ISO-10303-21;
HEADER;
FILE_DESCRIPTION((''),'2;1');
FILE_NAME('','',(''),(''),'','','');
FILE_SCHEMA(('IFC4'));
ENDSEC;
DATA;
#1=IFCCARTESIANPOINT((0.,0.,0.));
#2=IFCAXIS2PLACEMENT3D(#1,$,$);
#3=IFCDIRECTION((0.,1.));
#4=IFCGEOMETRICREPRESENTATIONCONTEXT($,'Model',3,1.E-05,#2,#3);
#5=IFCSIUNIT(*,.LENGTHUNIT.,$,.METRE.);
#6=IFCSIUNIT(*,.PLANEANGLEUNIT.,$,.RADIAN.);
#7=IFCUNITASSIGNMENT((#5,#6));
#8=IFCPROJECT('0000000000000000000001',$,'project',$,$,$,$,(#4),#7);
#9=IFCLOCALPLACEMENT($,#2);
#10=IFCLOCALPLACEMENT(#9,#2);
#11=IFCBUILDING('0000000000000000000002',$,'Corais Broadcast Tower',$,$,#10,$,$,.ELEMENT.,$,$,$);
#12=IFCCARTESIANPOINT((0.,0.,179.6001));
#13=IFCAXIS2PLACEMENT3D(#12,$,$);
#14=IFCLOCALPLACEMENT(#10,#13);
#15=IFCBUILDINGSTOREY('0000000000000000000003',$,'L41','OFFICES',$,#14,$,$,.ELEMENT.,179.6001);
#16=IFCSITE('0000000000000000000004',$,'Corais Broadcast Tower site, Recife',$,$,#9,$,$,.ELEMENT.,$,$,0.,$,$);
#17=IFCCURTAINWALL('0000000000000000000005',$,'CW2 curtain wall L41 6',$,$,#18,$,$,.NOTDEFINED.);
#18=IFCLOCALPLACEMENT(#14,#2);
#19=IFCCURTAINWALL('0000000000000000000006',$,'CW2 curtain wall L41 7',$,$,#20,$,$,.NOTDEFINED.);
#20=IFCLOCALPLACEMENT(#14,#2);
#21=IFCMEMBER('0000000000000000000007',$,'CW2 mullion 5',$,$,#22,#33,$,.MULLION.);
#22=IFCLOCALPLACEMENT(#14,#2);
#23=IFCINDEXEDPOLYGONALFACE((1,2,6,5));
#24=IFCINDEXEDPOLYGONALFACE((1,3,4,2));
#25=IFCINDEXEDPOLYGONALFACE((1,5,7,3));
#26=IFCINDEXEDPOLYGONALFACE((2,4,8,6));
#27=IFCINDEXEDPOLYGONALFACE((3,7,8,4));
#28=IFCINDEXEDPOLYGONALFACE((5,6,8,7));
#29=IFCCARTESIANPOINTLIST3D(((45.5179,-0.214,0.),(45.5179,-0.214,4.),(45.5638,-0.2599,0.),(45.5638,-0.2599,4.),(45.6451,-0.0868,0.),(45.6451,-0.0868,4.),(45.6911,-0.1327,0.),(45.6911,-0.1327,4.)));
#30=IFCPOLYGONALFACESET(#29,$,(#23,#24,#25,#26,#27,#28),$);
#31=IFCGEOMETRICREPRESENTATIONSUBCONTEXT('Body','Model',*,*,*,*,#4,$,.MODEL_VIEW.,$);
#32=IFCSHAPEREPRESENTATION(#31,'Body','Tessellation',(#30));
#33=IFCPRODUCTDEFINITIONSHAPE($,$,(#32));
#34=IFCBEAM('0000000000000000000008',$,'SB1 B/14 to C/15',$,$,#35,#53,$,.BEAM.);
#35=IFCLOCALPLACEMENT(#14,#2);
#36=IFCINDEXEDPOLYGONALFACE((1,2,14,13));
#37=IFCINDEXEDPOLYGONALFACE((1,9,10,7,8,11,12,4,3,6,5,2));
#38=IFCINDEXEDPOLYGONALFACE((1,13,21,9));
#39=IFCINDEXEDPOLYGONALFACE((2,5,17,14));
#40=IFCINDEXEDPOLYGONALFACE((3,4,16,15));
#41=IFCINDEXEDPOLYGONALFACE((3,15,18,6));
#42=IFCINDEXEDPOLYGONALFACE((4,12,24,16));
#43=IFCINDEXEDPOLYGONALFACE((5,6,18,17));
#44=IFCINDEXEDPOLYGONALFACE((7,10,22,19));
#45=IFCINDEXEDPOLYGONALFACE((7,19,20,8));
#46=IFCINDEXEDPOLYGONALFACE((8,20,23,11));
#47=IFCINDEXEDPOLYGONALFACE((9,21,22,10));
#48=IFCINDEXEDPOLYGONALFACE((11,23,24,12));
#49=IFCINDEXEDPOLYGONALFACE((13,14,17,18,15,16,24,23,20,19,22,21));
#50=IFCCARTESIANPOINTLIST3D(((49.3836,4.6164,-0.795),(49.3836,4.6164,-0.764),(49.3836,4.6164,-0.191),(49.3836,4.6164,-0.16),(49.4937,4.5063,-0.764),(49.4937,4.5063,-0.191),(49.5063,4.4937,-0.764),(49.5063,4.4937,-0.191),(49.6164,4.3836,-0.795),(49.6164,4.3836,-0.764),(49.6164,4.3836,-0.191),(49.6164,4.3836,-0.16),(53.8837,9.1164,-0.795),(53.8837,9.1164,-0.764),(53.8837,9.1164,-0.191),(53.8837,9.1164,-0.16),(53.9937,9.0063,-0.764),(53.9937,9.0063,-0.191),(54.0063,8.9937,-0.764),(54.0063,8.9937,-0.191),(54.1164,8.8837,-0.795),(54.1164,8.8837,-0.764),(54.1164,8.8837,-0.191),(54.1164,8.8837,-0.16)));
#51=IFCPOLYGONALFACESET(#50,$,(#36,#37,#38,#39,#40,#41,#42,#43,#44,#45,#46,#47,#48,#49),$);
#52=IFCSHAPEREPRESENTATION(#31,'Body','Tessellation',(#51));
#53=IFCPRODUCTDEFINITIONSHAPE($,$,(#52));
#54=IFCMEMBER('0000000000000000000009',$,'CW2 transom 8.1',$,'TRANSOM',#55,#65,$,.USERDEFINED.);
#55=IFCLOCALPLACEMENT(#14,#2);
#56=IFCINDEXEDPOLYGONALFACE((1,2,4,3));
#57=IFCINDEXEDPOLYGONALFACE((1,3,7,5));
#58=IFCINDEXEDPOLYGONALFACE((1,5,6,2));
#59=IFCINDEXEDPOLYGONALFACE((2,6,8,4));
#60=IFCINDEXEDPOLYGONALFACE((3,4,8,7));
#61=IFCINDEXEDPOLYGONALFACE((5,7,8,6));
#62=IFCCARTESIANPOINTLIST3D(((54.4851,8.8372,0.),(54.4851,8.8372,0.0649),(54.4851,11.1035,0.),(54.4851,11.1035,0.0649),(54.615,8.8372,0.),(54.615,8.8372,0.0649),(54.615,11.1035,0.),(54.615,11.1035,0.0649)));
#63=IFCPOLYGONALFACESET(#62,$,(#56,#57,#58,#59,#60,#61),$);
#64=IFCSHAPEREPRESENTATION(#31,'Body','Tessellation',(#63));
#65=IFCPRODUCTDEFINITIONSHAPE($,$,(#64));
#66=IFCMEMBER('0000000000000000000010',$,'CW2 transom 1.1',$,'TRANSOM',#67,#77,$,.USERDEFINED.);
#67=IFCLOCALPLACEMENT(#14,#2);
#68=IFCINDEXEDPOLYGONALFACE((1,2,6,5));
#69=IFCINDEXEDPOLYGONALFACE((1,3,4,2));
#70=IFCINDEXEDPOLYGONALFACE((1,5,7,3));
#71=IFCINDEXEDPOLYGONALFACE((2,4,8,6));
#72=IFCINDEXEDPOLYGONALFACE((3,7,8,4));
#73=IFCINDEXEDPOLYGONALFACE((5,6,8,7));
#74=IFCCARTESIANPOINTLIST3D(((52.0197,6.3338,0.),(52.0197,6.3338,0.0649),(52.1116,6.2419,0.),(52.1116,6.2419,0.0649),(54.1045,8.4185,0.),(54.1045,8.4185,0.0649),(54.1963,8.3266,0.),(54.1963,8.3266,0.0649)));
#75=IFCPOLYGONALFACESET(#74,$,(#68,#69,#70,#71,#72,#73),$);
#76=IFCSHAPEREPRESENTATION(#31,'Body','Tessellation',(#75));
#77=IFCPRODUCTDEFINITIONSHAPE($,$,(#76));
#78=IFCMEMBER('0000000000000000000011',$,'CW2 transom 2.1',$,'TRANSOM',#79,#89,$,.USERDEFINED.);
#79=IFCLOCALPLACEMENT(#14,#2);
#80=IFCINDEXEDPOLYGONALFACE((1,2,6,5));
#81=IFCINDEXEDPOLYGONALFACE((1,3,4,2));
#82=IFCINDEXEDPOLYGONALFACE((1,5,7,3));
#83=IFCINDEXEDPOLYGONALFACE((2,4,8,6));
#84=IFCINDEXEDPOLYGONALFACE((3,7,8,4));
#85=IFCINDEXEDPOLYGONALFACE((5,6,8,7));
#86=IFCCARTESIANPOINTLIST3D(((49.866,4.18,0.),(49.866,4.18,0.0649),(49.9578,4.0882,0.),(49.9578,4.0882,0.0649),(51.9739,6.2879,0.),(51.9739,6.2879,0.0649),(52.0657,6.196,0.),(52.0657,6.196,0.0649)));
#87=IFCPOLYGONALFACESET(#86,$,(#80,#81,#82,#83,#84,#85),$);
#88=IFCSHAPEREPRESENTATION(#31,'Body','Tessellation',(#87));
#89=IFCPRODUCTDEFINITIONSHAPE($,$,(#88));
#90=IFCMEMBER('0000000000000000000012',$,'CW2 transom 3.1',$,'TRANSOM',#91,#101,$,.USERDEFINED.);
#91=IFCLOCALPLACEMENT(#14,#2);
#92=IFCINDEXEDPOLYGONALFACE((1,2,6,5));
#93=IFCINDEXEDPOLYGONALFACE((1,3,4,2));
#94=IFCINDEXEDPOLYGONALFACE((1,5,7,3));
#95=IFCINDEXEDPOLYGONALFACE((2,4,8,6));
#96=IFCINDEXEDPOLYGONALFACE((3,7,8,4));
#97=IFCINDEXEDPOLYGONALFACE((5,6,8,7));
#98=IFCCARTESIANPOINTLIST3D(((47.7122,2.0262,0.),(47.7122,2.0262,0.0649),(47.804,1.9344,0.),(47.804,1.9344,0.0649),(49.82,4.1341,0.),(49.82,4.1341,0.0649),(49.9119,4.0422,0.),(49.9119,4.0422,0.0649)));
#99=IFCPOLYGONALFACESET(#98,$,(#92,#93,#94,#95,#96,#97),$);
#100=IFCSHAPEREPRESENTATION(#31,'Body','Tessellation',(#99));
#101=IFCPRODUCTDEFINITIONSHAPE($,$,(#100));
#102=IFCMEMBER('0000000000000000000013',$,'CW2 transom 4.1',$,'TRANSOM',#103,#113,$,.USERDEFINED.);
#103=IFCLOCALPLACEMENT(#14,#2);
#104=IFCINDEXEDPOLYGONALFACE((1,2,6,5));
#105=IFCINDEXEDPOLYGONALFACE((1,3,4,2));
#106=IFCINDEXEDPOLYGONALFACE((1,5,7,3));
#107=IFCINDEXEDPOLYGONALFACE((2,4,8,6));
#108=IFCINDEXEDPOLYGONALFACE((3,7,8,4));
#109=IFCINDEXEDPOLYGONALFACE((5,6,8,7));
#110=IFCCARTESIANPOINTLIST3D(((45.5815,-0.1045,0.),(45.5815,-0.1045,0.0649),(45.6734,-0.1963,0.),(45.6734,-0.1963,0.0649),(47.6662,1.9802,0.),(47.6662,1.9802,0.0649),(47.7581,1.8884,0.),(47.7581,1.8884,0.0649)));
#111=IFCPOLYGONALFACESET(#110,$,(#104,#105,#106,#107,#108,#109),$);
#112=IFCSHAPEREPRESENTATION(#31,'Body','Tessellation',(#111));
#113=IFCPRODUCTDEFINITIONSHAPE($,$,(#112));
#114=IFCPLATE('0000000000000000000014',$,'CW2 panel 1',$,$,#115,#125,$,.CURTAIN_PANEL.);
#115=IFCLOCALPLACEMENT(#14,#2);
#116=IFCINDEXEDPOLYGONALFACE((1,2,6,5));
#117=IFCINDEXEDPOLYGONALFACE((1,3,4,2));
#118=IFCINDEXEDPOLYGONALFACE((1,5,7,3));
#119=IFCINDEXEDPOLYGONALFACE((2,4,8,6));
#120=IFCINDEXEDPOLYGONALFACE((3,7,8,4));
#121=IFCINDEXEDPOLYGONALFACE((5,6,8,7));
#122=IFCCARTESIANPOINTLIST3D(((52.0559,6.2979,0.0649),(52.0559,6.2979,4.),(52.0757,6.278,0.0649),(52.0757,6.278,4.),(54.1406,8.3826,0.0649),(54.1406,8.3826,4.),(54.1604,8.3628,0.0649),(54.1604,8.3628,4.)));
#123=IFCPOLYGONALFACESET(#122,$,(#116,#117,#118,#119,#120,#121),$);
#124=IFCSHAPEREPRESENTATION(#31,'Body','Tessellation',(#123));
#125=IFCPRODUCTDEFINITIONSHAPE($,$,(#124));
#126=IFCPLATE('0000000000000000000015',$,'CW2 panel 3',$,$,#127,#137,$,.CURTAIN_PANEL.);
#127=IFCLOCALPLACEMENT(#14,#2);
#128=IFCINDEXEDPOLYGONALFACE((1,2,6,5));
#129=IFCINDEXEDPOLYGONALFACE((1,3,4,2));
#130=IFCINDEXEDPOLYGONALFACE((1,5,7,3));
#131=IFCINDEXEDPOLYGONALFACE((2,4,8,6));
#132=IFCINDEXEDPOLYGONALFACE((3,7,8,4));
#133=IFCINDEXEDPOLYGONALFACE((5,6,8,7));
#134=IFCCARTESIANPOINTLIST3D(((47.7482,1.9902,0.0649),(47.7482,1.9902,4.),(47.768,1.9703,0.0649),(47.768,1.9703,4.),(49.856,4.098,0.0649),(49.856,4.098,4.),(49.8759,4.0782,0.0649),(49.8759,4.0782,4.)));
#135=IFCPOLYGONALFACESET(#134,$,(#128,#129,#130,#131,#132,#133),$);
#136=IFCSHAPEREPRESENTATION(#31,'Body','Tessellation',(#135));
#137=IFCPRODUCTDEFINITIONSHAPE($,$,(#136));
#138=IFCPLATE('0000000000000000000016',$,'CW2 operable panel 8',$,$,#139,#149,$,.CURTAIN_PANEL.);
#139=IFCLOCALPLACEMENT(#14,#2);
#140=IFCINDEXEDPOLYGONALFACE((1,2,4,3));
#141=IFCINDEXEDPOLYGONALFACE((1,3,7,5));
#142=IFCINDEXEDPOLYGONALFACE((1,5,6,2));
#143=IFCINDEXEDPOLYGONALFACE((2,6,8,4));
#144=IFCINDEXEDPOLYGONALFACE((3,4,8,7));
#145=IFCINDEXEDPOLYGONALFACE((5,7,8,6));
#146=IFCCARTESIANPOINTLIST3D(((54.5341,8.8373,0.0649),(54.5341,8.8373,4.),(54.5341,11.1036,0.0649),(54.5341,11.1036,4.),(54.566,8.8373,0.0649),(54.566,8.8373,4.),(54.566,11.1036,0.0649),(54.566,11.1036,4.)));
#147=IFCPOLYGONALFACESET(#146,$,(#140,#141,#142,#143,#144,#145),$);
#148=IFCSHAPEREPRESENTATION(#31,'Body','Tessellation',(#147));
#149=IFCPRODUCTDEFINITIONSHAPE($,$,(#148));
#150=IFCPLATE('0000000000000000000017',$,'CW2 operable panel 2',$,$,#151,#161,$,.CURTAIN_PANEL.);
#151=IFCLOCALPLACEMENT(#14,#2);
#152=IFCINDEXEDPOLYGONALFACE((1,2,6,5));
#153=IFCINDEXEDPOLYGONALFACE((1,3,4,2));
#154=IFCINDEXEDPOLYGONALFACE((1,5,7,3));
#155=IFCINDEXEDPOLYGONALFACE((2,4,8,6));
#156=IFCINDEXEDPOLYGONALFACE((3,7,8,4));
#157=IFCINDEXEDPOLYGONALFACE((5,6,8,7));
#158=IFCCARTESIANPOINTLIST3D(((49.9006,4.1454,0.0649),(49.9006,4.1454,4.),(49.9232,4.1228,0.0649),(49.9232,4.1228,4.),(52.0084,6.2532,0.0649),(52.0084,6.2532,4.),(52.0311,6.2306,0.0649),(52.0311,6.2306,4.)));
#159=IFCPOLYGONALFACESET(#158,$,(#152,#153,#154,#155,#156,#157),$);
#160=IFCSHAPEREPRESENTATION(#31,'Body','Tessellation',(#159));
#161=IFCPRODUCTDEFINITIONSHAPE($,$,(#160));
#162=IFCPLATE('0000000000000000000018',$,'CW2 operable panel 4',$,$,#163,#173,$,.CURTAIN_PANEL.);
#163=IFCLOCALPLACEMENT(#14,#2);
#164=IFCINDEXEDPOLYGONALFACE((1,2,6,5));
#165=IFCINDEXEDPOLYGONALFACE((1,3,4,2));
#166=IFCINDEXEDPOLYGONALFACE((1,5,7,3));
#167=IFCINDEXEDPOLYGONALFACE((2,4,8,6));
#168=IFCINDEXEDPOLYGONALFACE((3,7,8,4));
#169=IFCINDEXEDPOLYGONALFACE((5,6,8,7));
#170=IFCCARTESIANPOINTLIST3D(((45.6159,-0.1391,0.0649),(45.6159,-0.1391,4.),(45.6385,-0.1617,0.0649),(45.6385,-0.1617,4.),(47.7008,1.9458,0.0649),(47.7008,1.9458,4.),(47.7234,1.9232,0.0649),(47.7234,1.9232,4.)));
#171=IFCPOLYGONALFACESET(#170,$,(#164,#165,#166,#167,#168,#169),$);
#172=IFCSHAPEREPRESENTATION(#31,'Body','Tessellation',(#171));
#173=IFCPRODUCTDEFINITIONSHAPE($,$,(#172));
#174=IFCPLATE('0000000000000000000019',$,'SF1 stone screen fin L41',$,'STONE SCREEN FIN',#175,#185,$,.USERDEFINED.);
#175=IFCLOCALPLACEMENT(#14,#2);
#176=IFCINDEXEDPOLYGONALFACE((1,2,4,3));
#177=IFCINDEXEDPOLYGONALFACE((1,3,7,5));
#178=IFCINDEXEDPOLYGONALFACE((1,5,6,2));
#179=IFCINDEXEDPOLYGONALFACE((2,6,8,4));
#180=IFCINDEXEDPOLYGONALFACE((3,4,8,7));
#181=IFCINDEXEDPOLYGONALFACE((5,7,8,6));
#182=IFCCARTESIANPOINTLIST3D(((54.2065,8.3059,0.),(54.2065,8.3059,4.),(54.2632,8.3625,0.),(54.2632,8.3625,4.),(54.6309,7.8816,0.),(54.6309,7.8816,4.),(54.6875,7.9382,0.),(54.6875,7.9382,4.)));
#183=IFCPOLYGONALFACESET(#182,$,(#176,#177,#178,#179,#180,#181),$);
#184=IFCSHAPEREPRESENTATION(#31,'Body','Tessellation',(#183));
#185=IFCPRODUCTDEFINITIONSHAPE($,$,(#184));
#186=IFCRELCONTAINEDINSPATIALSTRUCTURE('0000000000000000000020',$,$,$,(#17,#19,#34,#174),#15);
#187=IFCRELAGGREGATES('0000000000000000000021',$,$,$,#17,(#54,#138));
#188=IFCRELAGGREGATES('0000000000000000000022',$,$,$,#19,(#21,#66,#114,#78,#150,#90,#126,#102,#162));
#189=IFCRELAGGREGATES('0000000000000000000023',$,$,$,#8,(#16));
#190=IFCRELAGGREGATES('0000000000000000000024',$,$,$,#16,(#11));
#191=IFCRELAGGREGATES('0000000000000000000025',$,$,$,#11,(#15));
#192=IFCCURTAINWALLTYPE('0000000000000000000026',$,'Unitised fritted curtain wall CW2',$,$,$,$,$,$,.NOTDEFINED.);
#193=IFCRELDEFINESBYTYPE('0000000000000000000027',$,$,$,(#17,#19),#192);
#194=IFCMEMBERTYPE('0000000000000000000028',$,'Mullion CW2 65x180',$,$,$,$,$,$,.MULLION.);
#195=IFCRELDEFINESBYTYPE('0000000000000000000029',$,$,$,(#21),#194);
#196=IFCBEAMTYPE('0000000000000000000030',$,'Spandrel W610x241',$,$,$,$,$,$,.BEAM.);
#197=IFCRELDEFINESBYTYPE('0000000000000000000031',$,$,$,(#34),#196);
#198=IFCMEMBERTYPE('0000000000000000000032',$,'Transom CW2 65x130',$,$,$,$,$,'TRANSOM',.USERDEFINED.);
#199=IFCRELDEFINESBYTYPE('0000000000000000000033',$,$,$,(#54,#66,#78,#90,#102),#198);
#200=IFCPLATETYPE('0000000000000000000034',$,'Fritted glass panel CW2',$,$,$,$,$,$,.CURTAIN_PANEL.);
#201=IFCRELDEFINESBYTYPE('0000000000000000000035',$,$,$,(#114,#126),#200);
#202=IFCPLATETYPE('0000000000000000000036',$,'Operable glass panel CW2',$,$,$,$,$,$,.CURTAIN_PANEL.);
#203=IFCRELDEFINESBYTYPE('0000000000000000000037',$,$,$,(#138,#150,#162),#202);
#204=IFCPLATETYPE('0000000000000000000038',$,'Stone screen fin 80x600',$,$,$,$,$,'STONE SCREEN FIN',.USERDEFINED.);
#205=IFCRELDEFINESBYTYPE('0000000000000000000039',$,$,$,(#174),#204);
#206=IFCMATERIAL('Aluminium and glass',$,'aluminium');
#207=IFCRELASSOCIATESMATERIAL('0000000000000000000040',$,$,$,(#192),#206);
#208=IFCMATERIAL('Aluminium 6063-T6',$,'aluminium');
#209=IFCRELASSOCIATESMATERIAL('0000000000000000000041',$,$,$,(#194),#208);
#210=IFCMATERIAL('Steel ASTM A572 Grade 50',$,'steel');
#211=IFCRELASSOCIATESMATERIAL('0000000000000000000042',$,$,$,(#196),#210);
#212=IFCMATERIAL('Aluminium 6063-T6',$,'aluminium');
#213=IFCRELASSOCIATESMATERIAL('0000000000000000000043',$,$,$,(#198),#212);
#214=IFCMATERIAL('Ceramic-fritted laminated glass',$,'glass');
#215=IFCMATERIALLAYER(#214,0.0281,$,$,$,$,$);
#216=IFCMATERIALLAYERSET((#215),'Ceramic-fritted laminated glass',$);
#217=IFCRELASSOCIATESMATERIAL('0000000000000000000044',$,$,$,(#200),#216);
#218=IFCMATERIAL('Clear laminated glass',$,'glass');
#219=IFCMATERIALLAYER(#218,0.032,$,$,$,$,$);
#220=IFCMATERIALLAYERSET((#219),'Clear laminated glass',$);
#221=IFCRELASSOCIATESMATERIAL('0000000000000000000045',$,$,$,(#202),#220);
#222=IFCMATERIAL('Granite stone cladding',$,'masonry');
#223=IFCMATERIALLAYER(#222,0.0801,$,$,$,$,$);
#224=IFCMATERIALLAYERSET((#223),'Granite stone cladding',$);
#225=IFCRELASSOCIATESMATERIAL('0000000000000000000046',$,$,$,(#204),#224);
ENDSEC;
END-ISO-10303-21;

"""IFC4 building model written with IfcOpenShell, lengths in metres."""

from ifc_helpers import new_model, si_unit, direction, frame, origin, origin_2d, place, context, subcontext, project, spatial, rectangle, i_section, extrude, material, layer, layer_set, material_profile, profile_set, type_object, element, aggregate, save


model = new_model("IFC4")

# Units and contexts
model_context = context("Model", 3, precision=1e-05, world=origin(), true_north=direction((0.0, 1.0)))
body_context = subcontext(model_context, "Body", "Model", "MODEL_VIEW")
ifc_project = project(units=[si_unit("LENGTHUNIT", "METRE"), si_unit("PLANEANGLEUNIT", "RADIAN")], contexts=[model_context])

# Site, building, storey
site_placement = place(None, origin())
site = spatial("IfcSite", under=ifc_project, at=site_placement, Name="Corais Broadcast Tower site, Recife", CompositionType="ELEMENT", RefElevation=0.0)
building_placement = place(site_placement, origin())
building = spatial("IfcBuilding", under=site, at=building_placement, Name="Corais Broadcast Tower", CompositionType="ELEMENT")
storey_placement = place(building_placement, frame((0.0, 0.0, 179.6001)))
storey = spatial("IfcBuildingStorey", under=building, at=storey_placement, Name="L41", Description="OFFICES", CompositionType="ELEMENT", Elevation=179.6001)

# Curtain walls, member
ifc_material_1 = material(Name="Aluminium and glass", Category="aluminium")
curtain_wall_type = type_object("IfcCurtainWallType", Name="Unitised fritted curtain wall CW2", PredefinedType="NOTDEFINED", material=ifc_material_1)
curtain_wall_1_placement = place(storey_placement, origin())
curtain_wall_1 = element("IfcCurtainWall", 1, at=curtain_wall_1_placement, inside=storey, type_object=curtain_wall_type, Name="CW2 curtain wall L41 6", PredefinedType="NOTDEFINED")
ifc_material_2 = material(Name="Aluminium 6063-T6", Category="aluminium")
ifc_material_profile_1 = material_profile(ifc_material_2, rectangle(XDim=0.0649, YDim=0.1799, at=origin_2d()), Name="Mullion CW2 65x180")
ifc_profile_set_1 = profile_set([ifc_material_profile_1], Name="Aluminium 6063-T6")
member_type_1 = type_object("IfcMemberType", Name="Mullion CW2 65x180", PredefinedType="MULLION", material=ifc_profile_set_1)
curtain_wall_2_placement = place(storey_placement, origin())
curtain_wall_2 = element("IfcCurtainWall", 2, at=curtain_wall_2_placement, inside=storey, type_object=curtain_wall_type, Name="CW2 curtain wall L41 7", PredefinedType="NOTDEFINED")
member_1_placement = place(storey_placement, frame((45.6045, -0.1733, 0.0), z_axis=(0.0, 0.0, 1.0), x_axis=(0.707107, -0.707107, 0.0)))
member_1 = element("IfcMember", 3, at=member_1_placement, type_object=member_type_1, Name="CW2 mullion 5", PredefinedType="MULLION", context=body_context, shape_type="SweptSolid", body=[
    extrude(rectangle(XDim=0.0649, YDim=0.1799, at=origin_2d()), origin(), (0.0, 0.0, 1.0), 4.0),
])

# Beam
ifc_material_3 = material(Name="Steel ASTM A572 Grade 50", Category="steel")
ifc_material_profile_2 = material_profile(ifc_material_3, i_section(OverallWidth=0.3291, OverallDepth=0.635, WebThickness=0.0178, FlangeThickness=0.031, at=origin_2d()), Name="W610x241")
ifc_profile_set_2 = profile_set([ifc_material_profile_2], Name="Steel ASTM A572 Grade 50")
beam_type_1 = type_object("IfcBeamType", Name="Spandrel W610x241", PredefinedType="BEAM", material=ifc_profile_set_2)
beam_1_placement = place(storey_placement, frame((49.5, 4.5, -0.4775), z_axis=(0.707107, 0.707107, 0.0), x_axis=(-0.707107, 0.707107, 0.0)))
element("IfcBeam", 4, at=beam_1_placement, inside=storey, type_object=beam_type_1, Name="SB1 B/14 to C/15", PredefinedType="BEAM", context=body_context, shape_type="SweptSolid", body=[
    extrude(i_section(OverallWidth=0.3291, OverallDepth=0.635, WebThickness=0.0178, FlangeThickness=0.031, at=origin_2d()), origin(), (0.0, 0.0, 1.0), 6.364),
])

# Members
ifc_material_4 = material(Name="Aluminium 6063-T6", Category="aluminium")
ifc_material_profile_3 = material_profile(ifc_material_4, rectangle(XDim=0.1299, YDim=0.0649, at=origin_2d()), Name="Transom CW2 65x130")
ifc_profile_set_3 = profile_set([ifc_material_profile_3], Name="Aluminium 6063-T6")
member_type_2 = type_object("IfcMemberType", Name="Transom CW2 65x130", ElementType="TRANSOM", PredefinedType="USERDEFINED", material=ifc_profile_set_3)
member_2_placement = place(storey_placement, frame((54.55, 11.1035, 0.0325), z_axis=(0.0, -1.0, 0.0), x_axis=(1.0, 0.0, 0.0)))
member_2 = element("IfcMember", 5, at=member_2_placement, type_object=member_type_2, Name="CW2 transom 8.1", ObjectType="TRANSOM", PredefinedType="USERDEFINED", context=body_context, shape_type="SweptSolid", body=[
    extrude(rectangle(XDim=0.1299, YDim=0.0649, at=origin_2d()), origin(), (0.0, 0.0, 1.0), 2.2664),
])
member_3_placement = place(storey_placement, frame((54.1504, 8.3726, 0.0325), z_axis=(-0.707107, -0.707107, 0.0), x_axis=(0.707107, -0.707107, 0.0)))
member_3 = element("IfcMember", 6, at=member_3_placement, type_object=member_type_2, Name="CW2 transom 1.1", ObjectType="TRANSOM", PredefinedType="USERDEFINED", context=body_context, shape_type="SweptSolid", body=[
    extrude(rectangle(XDim=0.1299, YDim=0.0649, at=origin_2d()), origin(), (0.0, 0.0, 1.0), 2.9482),
])
member_4_placement = place(storey_placement, frame((52.0198, 6.2419, 0.0325), z_axis=(-0.707107, -0.707107, 0.0), x_axis=(0.707107, -0.707107, 0.0)))
member_4 = element("IfcMember", 7, at=member_4_placement, type_object=member_type_2, Name="CW2 transom 2.1", ObjectType="TRANSOM", PredefinedType="USERDEFINED", context=body_context, shape_type="SweptSolid", body=[
    extrude(rectangle(XDim=0.1299, YDim=0.0649, at=origin_2d()), origin(), (0.0, 0.0, 1.0), 2.981),
])
member_5_placement = place(storey_placement, frame((49.866, 4.0881, 0.0325), z_axis=(-0.707107, -0.707107, 0.0), x_axis=(0.707107, -0.707107, 0.0)))
member_5 = element("IfcMember", 8, at=member_5_placement, type_object=member_type_2, Name="CW2 transom 3.1", ObjectType="TRANSOM", PredefinedType="USERDEFINED", context=body_context, shape_type="SweptSolid", body=[
    extrude(rectangle(XDim=0.1299, YDim=0.0649, at=origin_2d()), origin(), (0.0, 0.0, 1.0), 2.981),
])
member_6_placement = place(storey_placement, frame((47.7122, 1.9343, 0.0325), z_axis=(-0.707107, -0.707107, 0.0), x_axis=(0.707107, -0.707107, 0.0)))
member_6 = element("IfcMember", 9, at=member_6_placement, type_object=member_type_2, Name="CW2 transom 4.1", ObjectType="TRANSOM", PredefinedType="USERDEFINED", context=body_context, shape_type="SweptSolid", body=[
    extrude(rectangle(XDim=0.1299, YDim=0.0649, at=origin_2d()), origin(), (0.0, 0.0, 1.0), 2.9482),
])

# Plates
ifc_material_5 = material(Name="Ceramic-fritted laminated glass", Category="glass")
ifc_layer_1 = layer(ifc_material_5, 0.0281)
ifc_layer_set_1 = layer_set([ifc_layer_1], Name="Ceramic-fritted laminated glass")
plate_type_1 = type_object("IfcPlateType", Name="Fritted glass panel CW2", PredefinedType="CURTAIN_PANEL", material=ifc_layer_set_1)
plate_1_placement = place(storey_placement, frame((53.1082, 7.3303, 0.0649), z_axis=(0.0, 0.0, 1.0), x_axis=(-0.707107, -0.707107, 0.0)))
plate_1 = element("IfcPlate", 10, at=plate_1_placement, type_object=plate_type_1, Name="CW2 panel 1", PredefinedType="CURTAIN_PANEL", context=body_context, shape_type="SweptSolid", body=[
    extrude(rectangle(XDim=2.9482, YDim=0.0281, at=origin_2d()), origin(), (0.0, 0.0, 1.0), 3.9351),
])
plate_2_placement = place(storey_placement, frame((48.812, 3.0342, 0.0649), z_axis=(0.0, 0.0, 1.0), x_axis=(-0.707107, -0.707107, 0.0)))
plate_2 = element("IfcPlate", 11, at=plate_2_placement, type_object=plate_type_1, Name="CW2 panel 3", PredefinedType="CURTAIN_PANEL", context=body_context, shape_type="SweptSolid", body=[
    extrude(rectangle(XDim=2.981, YDim=0.0281, at=origin_2d()), origin(), (0.0, 0.0, 1.0), 3.9351),
])
ifc_material_6 = material(Name="Clear laminated glass", Category="glass")
ifc_layer_2 = layer(ifc_material_6, 0.032)
ifc_layer_set_2 = layer_set([ifc_layer_2], Name="Clear laminated glass")
plate_type_2 = type_object("IfcPlateType", Name="Operable glass panel CW2", PredefinedType="CURTAIN_PANEL", material=ifc_layer_set_2)
plate_3_placement = place(storey_placement, frame((54.55, 9.9705, 0.0649), z_axis=(0.0, 0.0, 1.0), x_axis=(0.0, -1.0, 0.0)))
plate_3 = element("IfcPlate", 12, at=plate_3_placement, type_object=plate_type_2, Name="CW2 operable panel 8", PredefinedType="CURTAIN_PANEL", context=body_context, shape_type="SweptSolid", body=[
    extrude(rectangle(XDim=2.2664, YDim=0.032, at=origin_2d()), origin(), (0.0, 0.0, 1.0), 3.9351),
])
aggregate(curtain_wall_1, [member_2, plate_3])
plate_4_placement = place(storey_placement, frame((50.9658, 5.188, 0.0649), z_axis=(0.0, 0.0, 1.0), x_axis=(-0.707107, -0.707107, 0.0)))
plate_4 = element("IfcPlate", 13, at=plate_4_placement, type_object=plate_type_2, Name="CW2 operable panel 2", PredefinedType="CURTAIN_PANEL", context=body_context, shape_type="SweptSolid", body=[
    extrude(rectangle(XDim=2.981, YDim=0.032, at=origin_2d()), origin(), (0.0, 0.0, 1.0), 3.9351),
])
plate_5_placement = place(storey_placement, frame((46.6697, 0.8921, 0.0649), z_axis=(0.0, 0.0, 1.0), x_axis=(-0.707107, -0.707107, 0.0)))
plate_5 = element("IfcPlate", 14, at=plate_5_placement, type_object=plate_type_2, Name="CW2 operable panel 4", PredefinedType="CURTAIN_PANEL", context=body_context, shape_type="SweptSolid", body=[
    extrude(rectangle(XDim=2.9485, YDim=0.032, at=origin_2d()), origin(), (0.0, 0.0, 1.0), 3.9351),
])
aggregate(curtain_wall_2, [member_1, member_3, plate_1, member_4, plate_4, member_5, plate_2, member_6, plate_5])

# Plate
ifc_material_7 = material(Name="Granite stone cladding", Category="masonry")
ifc_layer_3 = layer(ifc_material_7, 0.0801)
ifc_layer_set_3 = layer_set([ifc_layer_3], Name="Granite stone cladding")
plate_type_3 = type_object("IfcPlateType", Name="Stone screen fin 80x600", ElementType="STONE SCREEN FIN", PredefinedType="USERDEFINED", material=ifc_layer_set_3)
for number, where, z_axis, x_axis, name in (
    (15, (54.447, 8.1221, 0.0), (0.0, 0.0, 1.0), (-0.707107, -0.707107, 0.0), "SF1 stone screen fin L41"),
):
    element("IfcPlate", number, at=place(storey_placement, frame(where, z_axis=z_axis, x_axis=x_axis)), inside=storey, type_object=plate_type_3, Name=name, ObjectType="STONE SCREEN FIN", PredefinedType="USERDEFINED", context=body_context, shape_type="SweptSolid", body=[
        extrude(rectangle(XDim=0.0801, YDim=0.6001, at=origin_2d()), origin(), (0.0, 0.0, 1.0), 4.0),
    ])

save(model, "model.ifc")
